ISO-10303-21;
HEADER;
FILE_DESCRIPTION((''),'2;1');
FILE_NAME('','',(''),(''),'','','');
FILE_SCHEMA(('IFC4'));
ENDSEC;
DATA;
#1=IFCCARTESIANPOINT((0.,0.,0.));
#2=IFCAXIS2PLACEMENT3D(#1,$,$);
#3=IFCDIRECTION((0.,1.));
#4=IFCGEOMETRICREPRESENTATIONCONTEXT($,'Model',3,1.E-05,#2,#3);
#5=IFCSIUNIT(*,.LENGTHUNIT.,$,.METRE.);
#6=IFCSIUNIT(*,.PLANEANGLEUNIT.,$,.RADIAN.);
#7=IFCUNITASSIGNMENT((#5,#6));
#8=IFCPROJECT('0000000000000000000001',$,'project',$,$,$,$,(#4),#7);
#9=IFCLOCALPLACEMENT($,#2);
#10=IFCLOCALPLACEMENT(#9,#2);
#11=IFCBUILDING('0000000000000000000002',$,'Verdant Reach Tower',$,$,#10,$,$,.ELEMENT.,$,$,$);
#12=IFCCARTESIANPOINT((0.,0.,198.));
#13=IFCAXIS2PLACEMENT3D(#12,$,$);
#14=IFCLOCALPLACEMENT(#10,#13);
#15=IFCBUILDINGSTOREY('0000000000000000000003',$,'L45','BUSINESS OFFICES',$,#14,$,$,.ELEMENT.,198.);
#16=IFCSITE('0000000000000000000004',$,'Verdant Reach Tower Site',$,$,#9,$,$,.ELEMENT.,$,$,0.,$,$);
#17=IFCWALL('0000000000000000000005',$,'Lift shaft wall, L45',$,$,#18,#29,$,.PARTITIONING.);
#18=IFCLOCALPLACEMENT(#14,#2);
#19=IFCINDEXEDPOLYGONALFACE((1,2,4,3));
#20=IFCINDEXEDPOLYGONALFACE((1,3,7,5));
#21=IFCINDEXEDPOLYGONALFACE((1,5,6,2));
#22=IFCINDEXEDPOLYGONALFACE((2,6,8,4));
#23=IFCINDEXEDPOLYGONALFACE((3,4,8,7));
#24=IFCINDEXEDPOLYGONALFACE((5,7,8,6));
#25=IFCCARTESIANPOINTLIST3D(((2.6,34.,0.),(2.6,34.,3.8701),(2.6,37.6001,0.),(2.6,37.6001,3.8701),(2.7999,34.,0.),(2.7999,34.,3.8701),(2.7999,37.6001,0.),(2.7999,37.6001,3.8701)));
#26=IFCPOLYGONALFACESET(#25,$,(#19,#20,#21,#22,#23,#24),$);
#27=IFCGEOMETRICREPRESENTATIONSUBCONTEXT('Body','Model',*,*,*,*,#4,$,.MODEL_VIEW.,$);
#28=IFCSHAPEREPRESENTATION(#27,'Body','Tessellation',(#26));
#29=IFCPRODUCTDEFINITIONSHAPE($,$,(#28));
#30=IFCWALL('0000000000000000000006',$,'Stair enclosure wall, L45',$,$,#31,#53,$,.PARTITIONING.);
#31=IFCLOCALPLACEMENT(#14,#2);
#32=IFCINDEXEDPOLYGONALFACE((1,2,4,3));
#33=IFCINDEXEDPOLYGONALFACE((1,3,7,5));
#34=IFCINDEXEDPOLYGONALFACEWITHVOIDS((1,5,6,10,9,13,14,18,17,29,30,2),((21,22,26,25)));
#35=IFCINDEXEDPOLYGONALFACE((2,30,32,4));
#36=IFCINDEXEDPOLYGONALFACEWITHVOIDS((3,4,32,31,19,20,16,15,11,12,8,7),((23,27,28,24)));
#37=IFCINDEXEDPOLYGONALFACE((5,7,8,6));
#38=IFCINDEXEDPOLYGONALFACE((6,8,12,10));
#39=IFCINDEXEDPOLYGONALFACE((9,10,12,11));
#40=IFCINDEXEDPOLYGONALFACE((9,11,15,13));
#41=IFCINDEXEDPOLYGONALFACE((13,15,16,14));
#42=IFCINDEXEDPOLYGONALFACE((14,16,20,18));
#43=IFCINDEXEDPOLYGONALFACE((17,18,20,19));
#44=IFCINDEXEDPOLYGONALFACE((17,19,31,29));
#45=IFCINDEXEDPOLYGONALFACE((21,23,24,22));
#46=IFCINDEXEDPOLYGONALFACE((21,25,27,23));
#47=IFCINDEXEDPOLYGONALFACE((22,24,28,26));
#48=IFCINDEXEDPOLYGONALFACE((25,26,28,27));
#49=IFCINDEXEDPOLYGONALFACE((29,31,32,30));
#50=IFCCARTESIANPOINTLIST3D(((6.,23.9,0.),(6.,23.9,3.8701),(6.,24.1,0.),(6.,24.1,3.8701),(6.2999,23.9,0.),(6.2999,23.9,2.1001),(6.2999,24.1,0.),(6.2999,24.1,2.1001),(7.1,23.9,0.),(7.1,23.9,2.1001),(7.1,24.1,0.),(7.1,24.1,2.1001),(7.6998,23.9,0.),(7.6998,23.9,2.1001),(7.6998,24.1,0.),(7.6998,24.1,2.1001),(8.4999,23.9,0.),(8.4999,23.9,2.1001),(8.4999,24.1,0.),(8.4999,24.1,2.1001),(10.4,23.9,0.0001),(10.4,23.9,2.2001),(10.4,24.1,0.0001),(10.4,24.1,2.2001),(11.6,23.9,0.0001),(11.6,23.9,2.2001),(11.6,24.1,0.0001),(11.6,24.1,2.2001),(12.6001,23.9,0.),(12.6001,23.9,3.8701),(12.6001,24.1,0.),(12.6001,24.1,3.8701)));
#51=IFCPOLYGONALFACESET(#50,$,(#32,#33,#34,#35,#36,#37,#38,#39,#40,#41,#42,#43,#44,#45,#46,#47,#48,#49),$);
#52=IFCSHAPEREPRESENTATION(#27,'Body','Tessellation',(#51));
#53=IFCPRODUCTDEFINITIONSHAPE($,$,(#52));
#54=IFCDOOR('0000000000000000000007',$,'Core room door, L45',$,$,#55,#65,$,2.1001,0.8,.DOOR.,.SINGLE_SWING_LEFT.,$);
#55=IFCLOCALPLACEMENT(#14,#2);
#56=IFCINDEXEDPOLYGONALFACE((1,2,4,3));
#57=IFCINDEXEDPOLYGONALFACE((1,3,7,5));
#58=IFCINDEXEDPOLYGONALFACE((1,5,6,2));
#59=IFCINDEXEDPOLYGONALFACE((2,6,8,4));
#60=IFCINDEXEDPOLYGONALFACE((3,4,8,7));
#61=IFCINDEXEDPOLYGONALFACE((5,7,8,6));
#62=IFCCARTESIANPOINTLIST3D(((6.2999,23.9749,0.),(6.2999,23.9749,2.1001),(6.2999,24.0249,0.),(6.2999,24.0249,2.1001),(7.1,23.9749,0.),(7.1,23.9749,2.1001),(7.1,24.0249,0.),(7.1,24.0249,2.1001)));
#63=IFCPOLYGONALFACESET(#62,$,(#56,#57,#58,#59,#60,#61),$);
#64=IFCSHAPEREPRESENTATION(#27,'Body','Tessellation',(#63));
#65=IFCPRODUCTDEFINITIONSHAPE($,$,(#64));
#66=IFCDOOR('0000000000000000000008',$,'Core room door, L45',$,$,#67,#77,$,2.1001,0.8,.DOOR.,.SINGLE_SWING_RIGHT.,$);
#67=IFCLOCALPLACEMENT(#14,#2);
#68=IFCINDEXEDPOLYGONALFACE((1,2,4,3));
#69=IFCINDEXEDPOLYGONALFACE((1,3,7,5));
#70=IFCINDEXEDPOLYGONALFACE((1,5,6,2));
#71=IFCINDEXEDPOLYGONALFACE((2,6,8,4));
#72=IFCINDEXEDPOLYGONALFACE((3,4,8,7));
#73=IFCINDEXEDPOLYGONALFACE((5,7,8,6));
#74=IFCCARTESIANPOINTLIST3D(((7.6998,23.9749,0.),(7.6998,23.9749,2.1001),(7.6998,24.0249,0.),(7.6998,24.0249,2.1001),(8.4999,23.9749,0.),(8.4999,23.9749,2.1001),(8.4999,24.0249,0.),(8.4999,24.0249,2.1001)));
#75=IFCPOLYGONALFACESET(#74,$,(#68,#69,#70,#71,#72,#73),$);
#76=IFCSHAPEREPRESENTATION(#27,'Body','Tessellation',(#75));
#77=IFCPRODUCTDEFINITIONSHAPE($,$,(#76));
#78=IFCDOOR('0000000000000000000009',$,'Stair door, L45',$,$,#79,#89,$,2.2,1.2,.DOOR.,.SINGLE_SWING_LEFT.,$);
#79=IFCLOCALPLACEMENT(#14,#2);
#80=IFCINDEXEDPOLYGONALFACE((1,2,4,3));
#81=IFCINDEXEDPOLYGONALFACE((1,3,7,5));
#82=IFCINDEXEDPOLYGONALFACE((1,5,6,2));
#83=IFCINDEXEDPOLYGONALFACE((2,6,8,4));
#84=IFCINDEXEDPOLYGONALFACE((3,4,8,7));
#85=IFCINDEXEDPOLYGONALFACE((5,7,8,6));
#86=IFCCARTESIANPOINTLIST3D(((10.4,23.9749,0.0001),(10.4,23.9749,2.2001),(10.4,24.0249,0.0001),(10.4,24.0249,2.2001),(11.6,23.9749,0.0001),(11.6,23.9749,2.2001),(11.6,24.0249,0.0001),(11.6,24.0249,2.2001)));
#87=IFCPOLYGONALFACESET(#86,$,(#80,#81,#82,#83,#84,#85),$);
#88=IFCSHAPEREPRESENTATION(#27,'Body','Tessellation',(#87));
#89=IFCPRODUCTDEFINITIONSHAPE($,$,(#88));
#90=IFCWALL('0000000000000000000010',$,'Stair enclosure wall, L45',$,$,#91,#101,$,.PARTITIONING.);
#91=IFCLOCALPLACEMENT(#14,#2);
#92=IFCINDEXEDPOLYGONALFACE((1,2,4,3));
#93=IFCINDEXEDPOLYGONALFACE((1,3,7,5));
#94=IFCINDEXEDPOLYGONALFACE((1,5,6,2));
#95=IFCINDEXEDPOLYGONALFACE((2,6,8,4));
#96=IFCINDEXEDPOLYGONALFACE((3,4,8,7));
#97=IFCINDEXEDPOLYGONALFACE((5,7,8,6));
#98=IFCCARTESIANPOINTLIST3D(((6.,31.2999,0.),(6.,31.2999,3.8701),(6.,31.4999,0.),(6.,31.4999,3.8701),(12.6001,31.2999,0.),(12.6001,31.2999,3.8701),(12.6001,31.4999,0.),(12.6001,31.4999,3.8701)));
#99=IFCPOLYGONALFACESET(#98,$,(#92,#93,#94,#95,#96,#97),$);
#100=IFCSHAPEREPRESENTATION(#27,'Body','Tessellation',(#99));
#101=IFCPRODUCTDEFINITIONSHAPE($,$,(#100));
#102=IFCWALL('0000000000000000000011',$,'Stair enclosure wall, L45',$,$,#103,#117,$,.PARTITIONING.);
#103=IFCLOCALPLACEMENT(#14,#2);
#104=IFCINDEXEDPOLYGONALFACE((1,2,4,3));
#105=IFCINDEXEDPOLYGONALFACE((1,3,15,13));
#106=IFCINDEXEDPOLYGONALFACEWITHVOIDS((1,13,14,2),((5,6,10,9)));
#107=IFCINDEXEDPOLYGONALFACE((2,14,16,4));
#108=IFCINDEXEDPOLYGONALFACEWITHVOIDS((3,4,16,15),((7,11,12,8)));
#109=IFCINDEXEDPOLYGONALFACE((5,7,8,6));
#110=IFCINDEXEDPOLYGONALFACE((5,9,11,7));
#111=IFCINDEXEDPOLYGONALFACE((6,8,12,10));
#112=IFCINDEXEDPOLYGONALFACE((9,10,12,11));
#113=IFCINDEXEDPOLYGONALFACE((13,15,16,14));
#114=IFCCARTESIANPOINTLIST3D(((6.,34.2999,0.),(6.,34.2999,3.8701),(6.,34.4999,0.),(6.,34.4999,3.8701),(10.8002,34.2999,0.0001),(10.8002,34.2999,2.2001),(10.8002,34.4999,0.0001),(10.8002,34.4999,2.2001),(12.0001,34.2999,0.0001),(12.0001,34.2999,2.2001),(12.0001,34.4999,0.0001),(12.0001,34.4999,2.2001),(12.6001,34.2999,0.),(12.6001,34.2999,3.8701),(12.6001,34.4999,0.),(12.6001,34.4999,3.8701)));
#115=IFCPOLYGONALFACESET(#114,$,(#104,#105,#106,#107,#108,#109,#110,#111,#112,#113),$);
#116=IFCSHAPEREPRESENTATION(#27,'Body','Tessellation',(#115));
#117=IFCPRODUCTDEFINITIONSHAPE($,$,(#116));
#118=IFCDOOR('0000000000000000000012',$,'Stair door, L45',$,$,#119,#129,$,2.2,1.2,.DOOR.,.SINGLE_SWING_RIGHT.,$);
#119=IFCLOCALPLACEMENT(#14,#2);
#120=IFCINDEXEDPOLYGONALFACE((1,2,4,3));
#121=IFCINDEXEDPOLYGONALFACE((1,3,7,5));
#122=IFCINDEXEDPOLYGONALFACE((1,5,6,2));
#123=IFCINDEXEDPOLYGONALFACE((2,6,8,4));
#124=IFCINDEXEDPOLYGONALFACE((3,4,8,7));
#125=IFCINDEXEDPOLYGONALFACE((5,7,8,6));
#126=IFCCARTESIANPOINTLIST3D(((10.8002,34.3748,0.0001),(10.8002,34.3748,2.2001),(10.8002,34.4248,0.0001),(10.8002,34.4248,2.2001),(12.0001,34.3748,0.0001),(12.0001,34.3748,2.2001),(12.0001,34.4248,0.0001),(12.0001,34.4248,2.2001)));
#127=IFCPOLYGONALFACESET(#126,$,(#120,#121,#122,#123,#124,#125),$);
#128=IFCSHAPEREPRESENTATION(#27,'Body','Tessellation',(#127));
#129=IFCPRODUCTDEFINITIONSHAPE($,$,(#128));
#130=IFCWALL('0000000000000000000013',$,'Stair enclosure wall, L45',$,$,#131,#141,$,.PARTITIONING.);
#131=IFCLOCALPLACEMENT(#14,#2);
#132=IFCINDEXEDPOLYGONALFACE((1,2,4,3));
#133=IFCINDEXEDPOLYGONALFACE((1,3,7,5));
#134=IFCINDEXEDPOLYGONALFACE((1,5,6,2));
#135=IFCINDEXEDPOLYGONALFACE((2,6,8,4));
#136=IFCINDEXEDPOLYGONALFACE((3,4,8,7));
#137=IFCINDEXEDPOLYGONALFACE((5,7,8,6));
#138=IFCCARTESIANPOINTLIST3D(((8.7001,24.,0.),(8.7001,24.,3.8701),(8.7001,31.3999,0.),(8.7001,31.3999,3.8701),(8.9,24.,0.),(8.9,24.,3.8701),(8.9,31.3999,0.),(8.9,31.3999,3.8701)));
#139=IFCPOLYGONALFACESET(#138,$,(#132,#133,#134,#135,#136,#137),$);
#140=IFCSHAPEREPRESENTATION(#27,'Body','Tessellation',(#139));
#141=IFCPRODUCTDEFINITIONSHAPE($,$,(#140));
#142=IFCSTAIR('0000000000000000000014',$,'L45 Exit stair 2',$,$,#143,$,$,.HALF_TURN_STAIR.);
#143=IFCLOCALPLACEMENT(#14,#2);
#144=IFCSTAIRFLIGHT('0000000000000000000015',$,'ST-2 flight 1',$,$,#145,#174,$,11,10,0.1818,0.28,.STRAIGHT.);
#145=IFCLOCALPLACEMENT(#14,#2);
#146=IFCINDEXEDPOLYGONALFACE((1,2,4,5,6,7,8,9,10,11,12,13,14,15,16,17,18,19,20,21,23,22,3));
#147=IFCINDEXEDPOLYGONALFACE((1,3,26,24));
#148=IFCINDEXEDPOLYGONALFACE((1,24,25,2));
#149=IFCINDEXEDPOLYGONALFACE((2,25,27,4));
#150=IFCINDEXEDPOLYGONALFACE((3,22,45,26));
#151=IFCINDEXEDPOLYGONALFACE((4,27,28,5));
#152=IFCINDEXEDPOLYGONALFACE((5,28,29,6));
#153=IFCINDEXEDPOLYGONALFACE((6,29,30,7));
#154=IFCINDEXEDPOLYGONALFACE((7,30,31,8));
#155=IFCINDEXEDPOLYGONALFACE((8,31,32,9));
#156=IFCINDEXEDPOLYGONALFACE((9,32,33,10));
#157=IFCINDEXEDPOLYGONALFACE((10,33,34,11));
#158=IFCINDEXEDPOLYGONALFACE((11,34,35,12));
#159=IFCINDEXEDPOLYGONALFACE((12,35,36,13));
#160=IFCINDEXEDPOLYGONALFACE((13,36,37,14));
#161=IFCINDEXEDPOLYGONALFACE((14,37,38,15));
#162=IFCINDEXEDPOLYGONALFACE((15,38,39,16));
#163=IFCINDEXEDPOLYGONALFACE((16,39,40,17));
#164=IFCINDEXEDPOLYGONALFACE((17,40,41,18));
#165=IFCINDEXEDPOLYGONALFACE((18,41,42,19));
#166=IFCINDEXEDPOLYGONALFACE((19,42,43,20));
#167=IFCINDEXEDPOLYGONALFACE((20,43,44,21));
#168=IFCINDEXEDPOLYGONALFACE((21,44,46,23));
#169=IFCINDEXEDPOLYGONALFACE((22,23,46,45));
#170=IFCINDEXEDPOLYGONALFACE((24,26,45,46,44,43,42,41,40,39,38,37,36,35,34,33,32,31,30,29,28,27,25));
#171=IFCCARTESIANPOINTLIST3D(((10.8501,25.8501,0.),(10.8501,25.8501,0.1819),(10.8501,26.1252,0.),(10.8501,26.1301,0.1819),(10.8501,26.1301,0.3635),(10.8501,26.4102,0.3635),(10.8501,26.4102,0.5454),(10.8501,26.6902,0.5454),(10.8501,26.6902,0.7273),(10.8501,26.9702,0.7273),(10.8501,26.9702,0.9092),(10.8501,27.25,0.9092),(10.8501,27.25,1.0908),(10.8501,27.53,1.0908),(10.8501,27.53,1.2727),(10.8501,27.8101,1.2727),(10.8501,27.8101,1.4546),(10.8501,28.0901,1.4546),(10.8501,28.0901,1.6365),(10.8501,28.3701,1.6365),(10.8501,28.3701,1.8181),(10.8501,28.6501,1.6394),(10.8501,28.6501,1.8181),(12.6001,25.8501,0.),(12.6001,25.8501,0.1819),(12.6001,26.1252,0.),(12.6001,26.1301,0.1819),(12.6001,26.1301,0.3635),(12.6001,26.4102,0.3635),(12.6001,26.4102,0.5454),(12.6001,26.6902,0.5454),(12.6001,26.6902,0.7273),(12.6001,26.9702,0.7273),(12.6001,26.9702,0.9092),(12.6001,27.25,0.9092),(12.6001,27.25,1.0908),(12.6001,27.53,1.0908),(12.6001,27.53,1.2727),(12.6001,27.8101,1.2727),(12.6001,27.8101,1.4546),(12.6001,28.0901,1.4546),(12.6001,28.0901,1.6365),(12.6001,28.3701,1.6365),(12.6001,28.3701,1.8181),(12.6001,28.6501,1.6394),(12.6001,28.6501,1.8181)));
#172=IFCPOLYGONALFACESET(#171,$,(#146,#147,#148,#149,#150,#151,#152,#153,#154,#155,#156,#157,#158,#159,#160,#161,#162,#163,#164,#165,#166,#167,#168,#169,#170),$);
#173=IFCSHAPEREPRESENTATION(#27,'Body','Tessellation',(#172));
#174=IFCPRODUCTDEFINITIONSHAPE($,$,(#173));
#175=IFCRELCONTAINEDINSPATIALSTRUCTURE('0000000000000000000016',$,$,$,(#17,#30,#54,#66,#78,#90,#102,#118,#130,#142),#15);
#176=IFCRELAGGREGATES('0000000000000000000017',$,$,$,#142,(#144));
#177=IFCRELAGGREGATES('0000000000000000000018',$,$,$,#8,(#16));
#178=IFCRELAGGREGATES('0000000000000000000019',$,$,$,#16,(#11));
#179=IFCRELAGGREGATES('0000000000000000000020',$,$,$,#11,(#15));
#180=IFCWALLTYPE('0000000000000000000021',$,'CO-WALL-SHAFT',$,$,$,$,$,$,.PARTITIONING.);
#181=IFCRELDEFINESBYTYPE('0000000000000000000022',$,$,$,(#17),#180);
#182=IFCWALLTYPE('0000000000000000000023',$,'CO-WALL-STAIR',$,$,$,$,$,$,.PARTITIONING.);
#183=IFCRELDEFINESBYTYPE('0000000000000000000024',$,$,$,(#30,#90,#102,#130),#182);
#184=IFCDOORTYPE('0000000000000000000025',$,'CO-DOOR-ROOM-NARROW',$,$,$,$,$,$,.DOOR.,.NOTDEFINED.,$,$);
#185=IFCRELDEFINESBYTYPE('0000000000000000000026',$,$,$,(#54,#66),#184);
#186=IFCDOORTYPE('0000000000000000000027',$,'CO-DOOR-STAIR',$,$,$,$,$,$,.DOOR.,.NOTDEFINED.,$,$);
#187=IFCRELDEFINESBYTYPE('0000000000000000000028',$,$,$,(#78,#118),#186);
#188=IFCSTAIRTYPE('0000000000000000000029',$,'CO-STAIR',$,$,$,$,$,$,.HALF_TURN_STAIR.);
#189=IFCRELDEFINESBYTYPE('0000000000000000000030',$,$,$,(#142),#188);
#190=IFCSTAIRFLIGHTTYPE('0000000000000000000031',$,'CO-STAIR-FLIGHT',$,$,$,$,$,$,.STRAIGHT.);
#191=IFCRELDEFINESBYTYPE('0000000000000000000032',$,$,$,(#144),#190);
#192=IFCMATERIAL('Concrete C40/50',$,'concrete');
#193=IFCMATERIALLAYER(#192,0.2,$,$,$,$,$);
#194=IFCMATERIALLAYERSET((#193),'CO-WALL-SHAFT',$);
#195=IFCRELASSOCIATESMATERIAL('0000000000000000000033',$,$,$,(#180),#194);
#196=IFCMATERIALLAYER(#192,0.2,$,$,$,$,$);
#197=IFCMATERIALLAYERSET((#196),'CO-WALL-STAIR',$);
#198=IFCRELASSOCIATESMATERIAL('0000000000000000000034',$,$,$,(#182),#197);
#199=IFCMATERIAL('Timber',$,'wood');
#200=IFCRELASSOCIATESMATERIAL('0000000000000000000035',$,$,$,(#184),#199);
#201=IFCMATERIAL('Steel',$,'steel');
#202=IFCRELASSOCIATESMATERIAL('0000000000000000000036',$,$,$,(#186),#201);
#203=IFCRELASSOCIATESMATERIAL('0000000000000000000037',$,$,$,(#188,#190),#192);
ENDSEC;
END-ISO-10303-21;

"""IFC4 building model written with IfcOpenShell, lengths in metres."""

from ifc_helpers import new_model, si_unit, direction, frame, frame_2d, origin, place, context, subcontext, project, spatial, polyline, rectangle, outline, extrude, material, layer, layer_set, type_object, element, fill, aggregate, save


model = new_model("IFC4")

# Units and contexts
model_context = context("Model", 3, precision=1e-05, world=origin(), true_north=direction((0.0, 1.0)))
body_context = subcontext(model_context, "Body", "Model", "MODEL_VIEW")
ifc_project = project(units=[si_unit("LENGTHUNIT", "METRE"), si_unit("PLANEANGLEUNIT", "RADIAN")], contexts=[model_context])

# Site, building, storey
site_placement = place(None, origin())
site = spatial("IfcSite", under=ifc_project, at=site_placement, Name="Verdant Reach Tower Site", CompositionType="ELEMENT", RefElevation=0.0)
building_placement = place(site_placement, origin())
building = spatial("IfcBuilding", under=site, at=building_placement, Name="Verdant Reach Tower", CompositionType="ELEMENT")
storey_placement = place(building_placement, frame((0.0, 0.0, 198.0)))
storey = spatial("IfcBuildingStorey", under=building, at=storey_placement, Name="L45", Description="BUSINESS OFFICES", CompositionType="ELEMENT", Elevation=198.0)

# Shared definitions
ifc_material_1 = material(Name="Timber", Category="wood")

# Wall
ifc_material_2 = material(Name="Concrete C40/50", Category="concrete")
ifc_layer_1 = layer(ifc_material_2, 0.2)
ifc_layer_set_1 = layer_set([ifc_layer_1], Name="CO-WALL-SHAFT")
wall_type_1 = type_object("IfcWallType", Name="CO-WALL-SHAFT", PredefinedType="PARTITIONING", material=ifc_layer_set_1)
wall_1_placement = place(storey_placement, frame((2.7, 34.0, 0.0), z_axis=(0.0, 0.0, 1.0), x_axis=(0.0, 1.0, 0.0)))
element("IfcWall", 1, at=wall_1_placement, inside=storey, type_object=wall_type_1, Name="Lift shaft wall, L45", PredefinedType="PARTITIONING", context=body_context, shape_type="SweptSolid", body=[
    extrude(rectangle(XDim=3.6001, YDim=0.2, at=frame_2d((1.8, 0.0))), origin(), (0.0, 0.0, 1.0), 3.8701),
])

# Wall, openings, doors
ifc_layer_2 = layer(ifc_material_2, 0.2)
ifc_layer_set_2 = layer_set([ifc_layer_2], Name="CO-WALL-STAIR")
wall_type_2 = type_object("IfcWallType", Name="CO-WALL-STAIR", PredefinedType="PARTITIONING", material=ifc_layer_set_2)
wall_2_placement = place(storey_placement, frame((6.0, 24.0, 0.0), z_axis=(0.0, 0.0, 1.0), x_axis=(1.0, 0.0, 0.0)))
wall_2 = element("IfcWall", 2, at=wall_2_placement, inside=storey, type_object=wall_type_2, Name="Stair enclosure wall, L45", PredefinedType="PARTITIONING", context=body_context, shape_type="SweptSolid", body=[
    extrude(rectangle(XDim=6.6001, YDim=0.2, at=frame_2d((3.3, 0.0))), origin(), (0.0, 0.0, 1.0), 3.8701),
])
opening_1_placement = place(wall_2_placement, frame((0.3, 0.0, 0.0)))
opening_1 = element("IfcOpeningElement", 3, at=opening_1_placement, cuts=wall_2, PredefinedType="OPENING", context=body_context, shape_type="SweptSolid", body=[
    extrude(rectangle(XDim=0.8, YDim=2.1001, at=frame_2d((0.3999, 1.05))), frame((0.0, 0.1099, 0.0), z_axis=(0.0, -1.0, 0.0), x_axis=(1.0, 0.0, 0.0)), (0.0, 0.0, 1.0), 0.22),
])
opening_2_placement = place(wall_2_placement, frame((1.7, 0.0, 0.0)))
opening_2 = element("IfcOpeningElement", 4, at=opening_2_placement, cuts=wall_2, PredefinedType="OPENING", context=body_context, shape_type="SweptSolid", body=[
    extrude(rectangle(XDim=0.8, YDim=2.1001, at=frame_2d((0.3999, 1.05))), frame((0.0, 0.1099, 0.0), z_axis=(0.0, -1.0, 0.0), x_axis=(1.0, 0.0, 0.0)), (0.0, 0.0, 1.0), 0.22),
])
opening_3_placement = place(wall_2_placement, frame((4.3999, 0.0, 0.0)))
opening_3 = element("IfcOpeningElement", 5, at=opening_3_placement, cuts=wall_2, PredefinedType="OPENING", context=body_context, shape_type="SweptSolid", body=[
    extrude(rectangle(XDim=1.2, YDim=2.2, at=frame_2d((0.6001, 1.1001))), frame((0.0, 0.1099, 0.0), z_axis=(0.0, -1.0, 0.0), x_axis=(1.0, 0.0, 0.0)), (0.0, 0.0, 1.0), 0.22),
])
door_type_1 = type_object("IfcDoorType", Name="CO-DOOR-ROOM-NARROW", OperationType="NOTDEFINED", PredefinedType="DOOR", material=ifc_material_1)
door_1_placement = place(opening_1_placement, origin())
door_1 = element("IfcDoor", 6, at=door_1_placement, inside=storey, type_object=door_type_1, Name="Core room door, L45", OperationType="SINGLE_SWING_LEFT", OverallHeight=2.1001, OverallWidth=0.8, PredefinedType="DOOR", context=body_context, shape_type="SweptSolid", body=[
    extrude(rectangle(XDim=0.8, YDim=2.1001, at=frame_2d((0.3999, 1.05))), frame((0.0, 0.0249, 0.0), z_axis=(0.0, -1.0, 0.0), x_axis=(1.0, 0.0, 0.0)), (0.0, 0.0, 1.0), 0.05),
])
fill(opening_1, door_1)
door_2_placement = place(opening_2_placement, origin())
door_2 = element("IfcDoor", 7, at=door_2_placement, inside=storey, type_object=door_type_1, Name="Core room door, L45", OperationType="SINGLE_SWING_RIGHT", OverallHeight=2.1001, OverallWidth=0.8, PredefinedType="DOOR", context=body_context, shape_type="SweptSolid", body=[
    extrude(rectangle(XDim=0.8, YDim=2.1001, at=frame_2d((0.3999, 1.05))), frame((0.0, 0.0249, 0.0), z_axis=(0.0, -1.0, 0.0), x_axis=(1.0, 0.0, 0.0)), (0.0, 0.0, 1.0), 0.05),
])
fill(opening_2, door_2)
ifc_material_3 = material(Name="Steel", Category="steel")
door_type_2 = type_object("IfcDoorType", Name="CO-DOOR-STAIR", OperationType="NOTDEFINED", PredefinedType="DOOR", material=ifc_material_3)
door_3_placement = place(opening_3_placement, origin())
door_3 = element("IfcDoor", 8, at=door_3_placement, inside=storey, type_object=door_type_2, Name="Stair door, L45", OperationType="SINGLE_SWING_LEFT", OverallHeight=2.2, OverallWidth=1.2, PredefinedType="DOOR", context=body_context, shape_type="SweptSolid", body=[
    extrude(rectangle(XDim=1.2, YDim=2.2, at=frame_2d((0.6001, 1.1001))), frame((0.0, 0.0249, 0.0), z_axis=(0.0, -1.0, 0.0), x_axis=(1.0, 0.0, 0.0)), (0.0, 0.0, 1.0), 0.05),
])
fill(opening_3, door_3)

# Wall
wall_3_placement = place(storey_placement, frame((6.0, 31.3999, 0.0), z_axis=(0.0, 0.0, 1.0), x_axis=(1.0, 0.0, 0.0)))
element("IfcWall", 9, at=wall_3_placement, inside=storey, type_object=wall_type_2, Name="Stair enclosure wall, L45", PredefinedType="PARTITIONING", context=body_context, shape_type="SweptSolid", body=[
    extrude(rectangle(XDim=6.6001, YDim=0.2, at=frame_2d((3.3, 0.0))), origin(), (0.0, 0.0, 1.0), 3.8701),
])

# Wall, opening, door
wall_4_placement = place(storey_placement, frame((6.0, 34.3999, 0.0), z_axis=(0.0, 0.0, 1.0), x_axis=(1.0, 0.0, 0.0)))
wall_4 = element("IfcWall", 10, at=wall_4_placement, inside=storey, type_object=wall_type_2, Name="Stair enclosure wall, L45", PredefinedType="PARTITIONING", context=body_context, shape_type="SweptSolid", body=[
    extrude(rectangle(XDim=6.6001, YDim=0.2, at=frame_2d((3.3, 0.0))), origin(), (0.0, 0.0, 1.0), 3.8701),
])
opening_4_placement = place(wall_4_placement, frame((4.8, 0.0, 0.0)))
opening_4 = element("IfcOpeningElement", 11, at=opening_4_placement, cuts=wall_4, PredefinedType="OPENING", context=body_context, shape_type="SweptSolid", body=[
    extrude(rectangle(XDim=1.2, YDim=2.2, at=frame_2d((0.6001, 1.1001))), frame((0.0, 0.1099, 0.0), z_axis=(0.0, -1.0, 0.0), x_axis=(1.0, 0.0, 0.0)), (0.0, 0.0, 1.0), 0.22),
])
door_4_placement = place(opening_4_placement, origin())
door_4 = element("IfcDoor", 12, at=door_4_placement, inside=storey, type_object=door_type_2, Name="Stair door, L45", OperationType="SINGLE_SWING_RIGHT", OverallHeight=2.2, OverallWidth=1.2, PredefinedType="DOOR", context=body_context, shape_type="SweptSolid", body=[
    extrude(rectangle(XDim=1.2, YDim=2.2, at=frame_2d((0.6001, 1.1001))), frame((0.0, 0.0249, 0.0), z_axis=(0.0, -1.0, 0.0), x_axis=(1.0, 0.0, 0.0)), (0.0, 0.0, 1.0), 0.05),
])
fill(opening_4, door_4)

# Wall
wall_5_placement = place(storey_placement, frame((8.8, 24.0, 0.0), z_axis=(0.0, 0.0, 1.0), x_axis=(0.0, 1.0, 0.0)))
element("IfcWall", 13, at=wall_5_placement, inside=storey, type_object=wall_type_2, Name="Stair enclosure wall, L45", PredefinedType="PARTITIONING", context=body_context, shape_type="SweptSolid", body=[
    extrude(rectangle(XDim=7.3999, YDim=0.2, at=frame_2d((3.7, 0.0))), origin(), (0.0, 0.0, 1.0), 3.8701),
])

# Stair, stair flight
stair_type = type_object("IfcStairType", Name="CO-STAIR", PredefinedType="HALF_TURN_STAIR", material=ifc_material_2)
stair_placement = place(storey_placement, origin())
stair = element("IfcStair", 14, at=stair_placement, inside=storey, type_object=stair_type, Name="L45 Exit stair 2", PredefinedType="HALF_TURN_STAIR")
stair_flight_type = type_object("IfcStairFlightType", Name="CO-STAIR-FLIGHT", PredefinedType="STRAIGHT", material=ifc_material_2)
stair_flight_1_placement = place(storey_placement, frame((11.7251, 25.8501, 0.0), z_axis=(0.0, 0.0, 1.0), x_axis=(0.0, 1.0, 0.0)))
stair_flight_1 = element("IfcStairFlight", 15, at=stair_flight_1_placement, type_object=stair_flight_type, Name="ST-2 flight 1", NumberOfRisers=11, NumberOfTreads=10, PredefinedType="STRAIGHT", RiserHeight=0.1818, TreadLength=0.28, context=body_context, shape_type="SweptSolid", body=[
    extrude(outline(polyline([(0.0, 0.0), (0.0, 0.1819), (0.28, 0.1819), (0.28, 0.3635), (0.5601, 0.3635), (0.5601, 0.5454), (0.8401, 0.5454), (0.8401, 0.7273), (1.1201, 0.7273), (1.1201, 0.9092), (1.3999, 0.9092), (1.3999, 1.0908), (1.6799, 1.0908), (1.6799, 1.2727), (1.96, 1.2727), (1.96, 1.4546), (2.24, 1.4546), (2.24, 1.6365), (2.52, 1.6365), (2.52, 1.8181), (2.8, 1.8181), (2.8, 2.0), (2.8, 1.6394), (0.2751, 0.0), (0.0, 0.0)])), frame((0.0, 0.875, 0.0), z_axis=(0.0, -1.0, 0.0), x_axis=(1.0, 0.0, 0.0)), (0.0, 0.0, 1.0), 1.75),
])
aggregate(stair, [stair_flight_1])

save(model, "model.ifc")
